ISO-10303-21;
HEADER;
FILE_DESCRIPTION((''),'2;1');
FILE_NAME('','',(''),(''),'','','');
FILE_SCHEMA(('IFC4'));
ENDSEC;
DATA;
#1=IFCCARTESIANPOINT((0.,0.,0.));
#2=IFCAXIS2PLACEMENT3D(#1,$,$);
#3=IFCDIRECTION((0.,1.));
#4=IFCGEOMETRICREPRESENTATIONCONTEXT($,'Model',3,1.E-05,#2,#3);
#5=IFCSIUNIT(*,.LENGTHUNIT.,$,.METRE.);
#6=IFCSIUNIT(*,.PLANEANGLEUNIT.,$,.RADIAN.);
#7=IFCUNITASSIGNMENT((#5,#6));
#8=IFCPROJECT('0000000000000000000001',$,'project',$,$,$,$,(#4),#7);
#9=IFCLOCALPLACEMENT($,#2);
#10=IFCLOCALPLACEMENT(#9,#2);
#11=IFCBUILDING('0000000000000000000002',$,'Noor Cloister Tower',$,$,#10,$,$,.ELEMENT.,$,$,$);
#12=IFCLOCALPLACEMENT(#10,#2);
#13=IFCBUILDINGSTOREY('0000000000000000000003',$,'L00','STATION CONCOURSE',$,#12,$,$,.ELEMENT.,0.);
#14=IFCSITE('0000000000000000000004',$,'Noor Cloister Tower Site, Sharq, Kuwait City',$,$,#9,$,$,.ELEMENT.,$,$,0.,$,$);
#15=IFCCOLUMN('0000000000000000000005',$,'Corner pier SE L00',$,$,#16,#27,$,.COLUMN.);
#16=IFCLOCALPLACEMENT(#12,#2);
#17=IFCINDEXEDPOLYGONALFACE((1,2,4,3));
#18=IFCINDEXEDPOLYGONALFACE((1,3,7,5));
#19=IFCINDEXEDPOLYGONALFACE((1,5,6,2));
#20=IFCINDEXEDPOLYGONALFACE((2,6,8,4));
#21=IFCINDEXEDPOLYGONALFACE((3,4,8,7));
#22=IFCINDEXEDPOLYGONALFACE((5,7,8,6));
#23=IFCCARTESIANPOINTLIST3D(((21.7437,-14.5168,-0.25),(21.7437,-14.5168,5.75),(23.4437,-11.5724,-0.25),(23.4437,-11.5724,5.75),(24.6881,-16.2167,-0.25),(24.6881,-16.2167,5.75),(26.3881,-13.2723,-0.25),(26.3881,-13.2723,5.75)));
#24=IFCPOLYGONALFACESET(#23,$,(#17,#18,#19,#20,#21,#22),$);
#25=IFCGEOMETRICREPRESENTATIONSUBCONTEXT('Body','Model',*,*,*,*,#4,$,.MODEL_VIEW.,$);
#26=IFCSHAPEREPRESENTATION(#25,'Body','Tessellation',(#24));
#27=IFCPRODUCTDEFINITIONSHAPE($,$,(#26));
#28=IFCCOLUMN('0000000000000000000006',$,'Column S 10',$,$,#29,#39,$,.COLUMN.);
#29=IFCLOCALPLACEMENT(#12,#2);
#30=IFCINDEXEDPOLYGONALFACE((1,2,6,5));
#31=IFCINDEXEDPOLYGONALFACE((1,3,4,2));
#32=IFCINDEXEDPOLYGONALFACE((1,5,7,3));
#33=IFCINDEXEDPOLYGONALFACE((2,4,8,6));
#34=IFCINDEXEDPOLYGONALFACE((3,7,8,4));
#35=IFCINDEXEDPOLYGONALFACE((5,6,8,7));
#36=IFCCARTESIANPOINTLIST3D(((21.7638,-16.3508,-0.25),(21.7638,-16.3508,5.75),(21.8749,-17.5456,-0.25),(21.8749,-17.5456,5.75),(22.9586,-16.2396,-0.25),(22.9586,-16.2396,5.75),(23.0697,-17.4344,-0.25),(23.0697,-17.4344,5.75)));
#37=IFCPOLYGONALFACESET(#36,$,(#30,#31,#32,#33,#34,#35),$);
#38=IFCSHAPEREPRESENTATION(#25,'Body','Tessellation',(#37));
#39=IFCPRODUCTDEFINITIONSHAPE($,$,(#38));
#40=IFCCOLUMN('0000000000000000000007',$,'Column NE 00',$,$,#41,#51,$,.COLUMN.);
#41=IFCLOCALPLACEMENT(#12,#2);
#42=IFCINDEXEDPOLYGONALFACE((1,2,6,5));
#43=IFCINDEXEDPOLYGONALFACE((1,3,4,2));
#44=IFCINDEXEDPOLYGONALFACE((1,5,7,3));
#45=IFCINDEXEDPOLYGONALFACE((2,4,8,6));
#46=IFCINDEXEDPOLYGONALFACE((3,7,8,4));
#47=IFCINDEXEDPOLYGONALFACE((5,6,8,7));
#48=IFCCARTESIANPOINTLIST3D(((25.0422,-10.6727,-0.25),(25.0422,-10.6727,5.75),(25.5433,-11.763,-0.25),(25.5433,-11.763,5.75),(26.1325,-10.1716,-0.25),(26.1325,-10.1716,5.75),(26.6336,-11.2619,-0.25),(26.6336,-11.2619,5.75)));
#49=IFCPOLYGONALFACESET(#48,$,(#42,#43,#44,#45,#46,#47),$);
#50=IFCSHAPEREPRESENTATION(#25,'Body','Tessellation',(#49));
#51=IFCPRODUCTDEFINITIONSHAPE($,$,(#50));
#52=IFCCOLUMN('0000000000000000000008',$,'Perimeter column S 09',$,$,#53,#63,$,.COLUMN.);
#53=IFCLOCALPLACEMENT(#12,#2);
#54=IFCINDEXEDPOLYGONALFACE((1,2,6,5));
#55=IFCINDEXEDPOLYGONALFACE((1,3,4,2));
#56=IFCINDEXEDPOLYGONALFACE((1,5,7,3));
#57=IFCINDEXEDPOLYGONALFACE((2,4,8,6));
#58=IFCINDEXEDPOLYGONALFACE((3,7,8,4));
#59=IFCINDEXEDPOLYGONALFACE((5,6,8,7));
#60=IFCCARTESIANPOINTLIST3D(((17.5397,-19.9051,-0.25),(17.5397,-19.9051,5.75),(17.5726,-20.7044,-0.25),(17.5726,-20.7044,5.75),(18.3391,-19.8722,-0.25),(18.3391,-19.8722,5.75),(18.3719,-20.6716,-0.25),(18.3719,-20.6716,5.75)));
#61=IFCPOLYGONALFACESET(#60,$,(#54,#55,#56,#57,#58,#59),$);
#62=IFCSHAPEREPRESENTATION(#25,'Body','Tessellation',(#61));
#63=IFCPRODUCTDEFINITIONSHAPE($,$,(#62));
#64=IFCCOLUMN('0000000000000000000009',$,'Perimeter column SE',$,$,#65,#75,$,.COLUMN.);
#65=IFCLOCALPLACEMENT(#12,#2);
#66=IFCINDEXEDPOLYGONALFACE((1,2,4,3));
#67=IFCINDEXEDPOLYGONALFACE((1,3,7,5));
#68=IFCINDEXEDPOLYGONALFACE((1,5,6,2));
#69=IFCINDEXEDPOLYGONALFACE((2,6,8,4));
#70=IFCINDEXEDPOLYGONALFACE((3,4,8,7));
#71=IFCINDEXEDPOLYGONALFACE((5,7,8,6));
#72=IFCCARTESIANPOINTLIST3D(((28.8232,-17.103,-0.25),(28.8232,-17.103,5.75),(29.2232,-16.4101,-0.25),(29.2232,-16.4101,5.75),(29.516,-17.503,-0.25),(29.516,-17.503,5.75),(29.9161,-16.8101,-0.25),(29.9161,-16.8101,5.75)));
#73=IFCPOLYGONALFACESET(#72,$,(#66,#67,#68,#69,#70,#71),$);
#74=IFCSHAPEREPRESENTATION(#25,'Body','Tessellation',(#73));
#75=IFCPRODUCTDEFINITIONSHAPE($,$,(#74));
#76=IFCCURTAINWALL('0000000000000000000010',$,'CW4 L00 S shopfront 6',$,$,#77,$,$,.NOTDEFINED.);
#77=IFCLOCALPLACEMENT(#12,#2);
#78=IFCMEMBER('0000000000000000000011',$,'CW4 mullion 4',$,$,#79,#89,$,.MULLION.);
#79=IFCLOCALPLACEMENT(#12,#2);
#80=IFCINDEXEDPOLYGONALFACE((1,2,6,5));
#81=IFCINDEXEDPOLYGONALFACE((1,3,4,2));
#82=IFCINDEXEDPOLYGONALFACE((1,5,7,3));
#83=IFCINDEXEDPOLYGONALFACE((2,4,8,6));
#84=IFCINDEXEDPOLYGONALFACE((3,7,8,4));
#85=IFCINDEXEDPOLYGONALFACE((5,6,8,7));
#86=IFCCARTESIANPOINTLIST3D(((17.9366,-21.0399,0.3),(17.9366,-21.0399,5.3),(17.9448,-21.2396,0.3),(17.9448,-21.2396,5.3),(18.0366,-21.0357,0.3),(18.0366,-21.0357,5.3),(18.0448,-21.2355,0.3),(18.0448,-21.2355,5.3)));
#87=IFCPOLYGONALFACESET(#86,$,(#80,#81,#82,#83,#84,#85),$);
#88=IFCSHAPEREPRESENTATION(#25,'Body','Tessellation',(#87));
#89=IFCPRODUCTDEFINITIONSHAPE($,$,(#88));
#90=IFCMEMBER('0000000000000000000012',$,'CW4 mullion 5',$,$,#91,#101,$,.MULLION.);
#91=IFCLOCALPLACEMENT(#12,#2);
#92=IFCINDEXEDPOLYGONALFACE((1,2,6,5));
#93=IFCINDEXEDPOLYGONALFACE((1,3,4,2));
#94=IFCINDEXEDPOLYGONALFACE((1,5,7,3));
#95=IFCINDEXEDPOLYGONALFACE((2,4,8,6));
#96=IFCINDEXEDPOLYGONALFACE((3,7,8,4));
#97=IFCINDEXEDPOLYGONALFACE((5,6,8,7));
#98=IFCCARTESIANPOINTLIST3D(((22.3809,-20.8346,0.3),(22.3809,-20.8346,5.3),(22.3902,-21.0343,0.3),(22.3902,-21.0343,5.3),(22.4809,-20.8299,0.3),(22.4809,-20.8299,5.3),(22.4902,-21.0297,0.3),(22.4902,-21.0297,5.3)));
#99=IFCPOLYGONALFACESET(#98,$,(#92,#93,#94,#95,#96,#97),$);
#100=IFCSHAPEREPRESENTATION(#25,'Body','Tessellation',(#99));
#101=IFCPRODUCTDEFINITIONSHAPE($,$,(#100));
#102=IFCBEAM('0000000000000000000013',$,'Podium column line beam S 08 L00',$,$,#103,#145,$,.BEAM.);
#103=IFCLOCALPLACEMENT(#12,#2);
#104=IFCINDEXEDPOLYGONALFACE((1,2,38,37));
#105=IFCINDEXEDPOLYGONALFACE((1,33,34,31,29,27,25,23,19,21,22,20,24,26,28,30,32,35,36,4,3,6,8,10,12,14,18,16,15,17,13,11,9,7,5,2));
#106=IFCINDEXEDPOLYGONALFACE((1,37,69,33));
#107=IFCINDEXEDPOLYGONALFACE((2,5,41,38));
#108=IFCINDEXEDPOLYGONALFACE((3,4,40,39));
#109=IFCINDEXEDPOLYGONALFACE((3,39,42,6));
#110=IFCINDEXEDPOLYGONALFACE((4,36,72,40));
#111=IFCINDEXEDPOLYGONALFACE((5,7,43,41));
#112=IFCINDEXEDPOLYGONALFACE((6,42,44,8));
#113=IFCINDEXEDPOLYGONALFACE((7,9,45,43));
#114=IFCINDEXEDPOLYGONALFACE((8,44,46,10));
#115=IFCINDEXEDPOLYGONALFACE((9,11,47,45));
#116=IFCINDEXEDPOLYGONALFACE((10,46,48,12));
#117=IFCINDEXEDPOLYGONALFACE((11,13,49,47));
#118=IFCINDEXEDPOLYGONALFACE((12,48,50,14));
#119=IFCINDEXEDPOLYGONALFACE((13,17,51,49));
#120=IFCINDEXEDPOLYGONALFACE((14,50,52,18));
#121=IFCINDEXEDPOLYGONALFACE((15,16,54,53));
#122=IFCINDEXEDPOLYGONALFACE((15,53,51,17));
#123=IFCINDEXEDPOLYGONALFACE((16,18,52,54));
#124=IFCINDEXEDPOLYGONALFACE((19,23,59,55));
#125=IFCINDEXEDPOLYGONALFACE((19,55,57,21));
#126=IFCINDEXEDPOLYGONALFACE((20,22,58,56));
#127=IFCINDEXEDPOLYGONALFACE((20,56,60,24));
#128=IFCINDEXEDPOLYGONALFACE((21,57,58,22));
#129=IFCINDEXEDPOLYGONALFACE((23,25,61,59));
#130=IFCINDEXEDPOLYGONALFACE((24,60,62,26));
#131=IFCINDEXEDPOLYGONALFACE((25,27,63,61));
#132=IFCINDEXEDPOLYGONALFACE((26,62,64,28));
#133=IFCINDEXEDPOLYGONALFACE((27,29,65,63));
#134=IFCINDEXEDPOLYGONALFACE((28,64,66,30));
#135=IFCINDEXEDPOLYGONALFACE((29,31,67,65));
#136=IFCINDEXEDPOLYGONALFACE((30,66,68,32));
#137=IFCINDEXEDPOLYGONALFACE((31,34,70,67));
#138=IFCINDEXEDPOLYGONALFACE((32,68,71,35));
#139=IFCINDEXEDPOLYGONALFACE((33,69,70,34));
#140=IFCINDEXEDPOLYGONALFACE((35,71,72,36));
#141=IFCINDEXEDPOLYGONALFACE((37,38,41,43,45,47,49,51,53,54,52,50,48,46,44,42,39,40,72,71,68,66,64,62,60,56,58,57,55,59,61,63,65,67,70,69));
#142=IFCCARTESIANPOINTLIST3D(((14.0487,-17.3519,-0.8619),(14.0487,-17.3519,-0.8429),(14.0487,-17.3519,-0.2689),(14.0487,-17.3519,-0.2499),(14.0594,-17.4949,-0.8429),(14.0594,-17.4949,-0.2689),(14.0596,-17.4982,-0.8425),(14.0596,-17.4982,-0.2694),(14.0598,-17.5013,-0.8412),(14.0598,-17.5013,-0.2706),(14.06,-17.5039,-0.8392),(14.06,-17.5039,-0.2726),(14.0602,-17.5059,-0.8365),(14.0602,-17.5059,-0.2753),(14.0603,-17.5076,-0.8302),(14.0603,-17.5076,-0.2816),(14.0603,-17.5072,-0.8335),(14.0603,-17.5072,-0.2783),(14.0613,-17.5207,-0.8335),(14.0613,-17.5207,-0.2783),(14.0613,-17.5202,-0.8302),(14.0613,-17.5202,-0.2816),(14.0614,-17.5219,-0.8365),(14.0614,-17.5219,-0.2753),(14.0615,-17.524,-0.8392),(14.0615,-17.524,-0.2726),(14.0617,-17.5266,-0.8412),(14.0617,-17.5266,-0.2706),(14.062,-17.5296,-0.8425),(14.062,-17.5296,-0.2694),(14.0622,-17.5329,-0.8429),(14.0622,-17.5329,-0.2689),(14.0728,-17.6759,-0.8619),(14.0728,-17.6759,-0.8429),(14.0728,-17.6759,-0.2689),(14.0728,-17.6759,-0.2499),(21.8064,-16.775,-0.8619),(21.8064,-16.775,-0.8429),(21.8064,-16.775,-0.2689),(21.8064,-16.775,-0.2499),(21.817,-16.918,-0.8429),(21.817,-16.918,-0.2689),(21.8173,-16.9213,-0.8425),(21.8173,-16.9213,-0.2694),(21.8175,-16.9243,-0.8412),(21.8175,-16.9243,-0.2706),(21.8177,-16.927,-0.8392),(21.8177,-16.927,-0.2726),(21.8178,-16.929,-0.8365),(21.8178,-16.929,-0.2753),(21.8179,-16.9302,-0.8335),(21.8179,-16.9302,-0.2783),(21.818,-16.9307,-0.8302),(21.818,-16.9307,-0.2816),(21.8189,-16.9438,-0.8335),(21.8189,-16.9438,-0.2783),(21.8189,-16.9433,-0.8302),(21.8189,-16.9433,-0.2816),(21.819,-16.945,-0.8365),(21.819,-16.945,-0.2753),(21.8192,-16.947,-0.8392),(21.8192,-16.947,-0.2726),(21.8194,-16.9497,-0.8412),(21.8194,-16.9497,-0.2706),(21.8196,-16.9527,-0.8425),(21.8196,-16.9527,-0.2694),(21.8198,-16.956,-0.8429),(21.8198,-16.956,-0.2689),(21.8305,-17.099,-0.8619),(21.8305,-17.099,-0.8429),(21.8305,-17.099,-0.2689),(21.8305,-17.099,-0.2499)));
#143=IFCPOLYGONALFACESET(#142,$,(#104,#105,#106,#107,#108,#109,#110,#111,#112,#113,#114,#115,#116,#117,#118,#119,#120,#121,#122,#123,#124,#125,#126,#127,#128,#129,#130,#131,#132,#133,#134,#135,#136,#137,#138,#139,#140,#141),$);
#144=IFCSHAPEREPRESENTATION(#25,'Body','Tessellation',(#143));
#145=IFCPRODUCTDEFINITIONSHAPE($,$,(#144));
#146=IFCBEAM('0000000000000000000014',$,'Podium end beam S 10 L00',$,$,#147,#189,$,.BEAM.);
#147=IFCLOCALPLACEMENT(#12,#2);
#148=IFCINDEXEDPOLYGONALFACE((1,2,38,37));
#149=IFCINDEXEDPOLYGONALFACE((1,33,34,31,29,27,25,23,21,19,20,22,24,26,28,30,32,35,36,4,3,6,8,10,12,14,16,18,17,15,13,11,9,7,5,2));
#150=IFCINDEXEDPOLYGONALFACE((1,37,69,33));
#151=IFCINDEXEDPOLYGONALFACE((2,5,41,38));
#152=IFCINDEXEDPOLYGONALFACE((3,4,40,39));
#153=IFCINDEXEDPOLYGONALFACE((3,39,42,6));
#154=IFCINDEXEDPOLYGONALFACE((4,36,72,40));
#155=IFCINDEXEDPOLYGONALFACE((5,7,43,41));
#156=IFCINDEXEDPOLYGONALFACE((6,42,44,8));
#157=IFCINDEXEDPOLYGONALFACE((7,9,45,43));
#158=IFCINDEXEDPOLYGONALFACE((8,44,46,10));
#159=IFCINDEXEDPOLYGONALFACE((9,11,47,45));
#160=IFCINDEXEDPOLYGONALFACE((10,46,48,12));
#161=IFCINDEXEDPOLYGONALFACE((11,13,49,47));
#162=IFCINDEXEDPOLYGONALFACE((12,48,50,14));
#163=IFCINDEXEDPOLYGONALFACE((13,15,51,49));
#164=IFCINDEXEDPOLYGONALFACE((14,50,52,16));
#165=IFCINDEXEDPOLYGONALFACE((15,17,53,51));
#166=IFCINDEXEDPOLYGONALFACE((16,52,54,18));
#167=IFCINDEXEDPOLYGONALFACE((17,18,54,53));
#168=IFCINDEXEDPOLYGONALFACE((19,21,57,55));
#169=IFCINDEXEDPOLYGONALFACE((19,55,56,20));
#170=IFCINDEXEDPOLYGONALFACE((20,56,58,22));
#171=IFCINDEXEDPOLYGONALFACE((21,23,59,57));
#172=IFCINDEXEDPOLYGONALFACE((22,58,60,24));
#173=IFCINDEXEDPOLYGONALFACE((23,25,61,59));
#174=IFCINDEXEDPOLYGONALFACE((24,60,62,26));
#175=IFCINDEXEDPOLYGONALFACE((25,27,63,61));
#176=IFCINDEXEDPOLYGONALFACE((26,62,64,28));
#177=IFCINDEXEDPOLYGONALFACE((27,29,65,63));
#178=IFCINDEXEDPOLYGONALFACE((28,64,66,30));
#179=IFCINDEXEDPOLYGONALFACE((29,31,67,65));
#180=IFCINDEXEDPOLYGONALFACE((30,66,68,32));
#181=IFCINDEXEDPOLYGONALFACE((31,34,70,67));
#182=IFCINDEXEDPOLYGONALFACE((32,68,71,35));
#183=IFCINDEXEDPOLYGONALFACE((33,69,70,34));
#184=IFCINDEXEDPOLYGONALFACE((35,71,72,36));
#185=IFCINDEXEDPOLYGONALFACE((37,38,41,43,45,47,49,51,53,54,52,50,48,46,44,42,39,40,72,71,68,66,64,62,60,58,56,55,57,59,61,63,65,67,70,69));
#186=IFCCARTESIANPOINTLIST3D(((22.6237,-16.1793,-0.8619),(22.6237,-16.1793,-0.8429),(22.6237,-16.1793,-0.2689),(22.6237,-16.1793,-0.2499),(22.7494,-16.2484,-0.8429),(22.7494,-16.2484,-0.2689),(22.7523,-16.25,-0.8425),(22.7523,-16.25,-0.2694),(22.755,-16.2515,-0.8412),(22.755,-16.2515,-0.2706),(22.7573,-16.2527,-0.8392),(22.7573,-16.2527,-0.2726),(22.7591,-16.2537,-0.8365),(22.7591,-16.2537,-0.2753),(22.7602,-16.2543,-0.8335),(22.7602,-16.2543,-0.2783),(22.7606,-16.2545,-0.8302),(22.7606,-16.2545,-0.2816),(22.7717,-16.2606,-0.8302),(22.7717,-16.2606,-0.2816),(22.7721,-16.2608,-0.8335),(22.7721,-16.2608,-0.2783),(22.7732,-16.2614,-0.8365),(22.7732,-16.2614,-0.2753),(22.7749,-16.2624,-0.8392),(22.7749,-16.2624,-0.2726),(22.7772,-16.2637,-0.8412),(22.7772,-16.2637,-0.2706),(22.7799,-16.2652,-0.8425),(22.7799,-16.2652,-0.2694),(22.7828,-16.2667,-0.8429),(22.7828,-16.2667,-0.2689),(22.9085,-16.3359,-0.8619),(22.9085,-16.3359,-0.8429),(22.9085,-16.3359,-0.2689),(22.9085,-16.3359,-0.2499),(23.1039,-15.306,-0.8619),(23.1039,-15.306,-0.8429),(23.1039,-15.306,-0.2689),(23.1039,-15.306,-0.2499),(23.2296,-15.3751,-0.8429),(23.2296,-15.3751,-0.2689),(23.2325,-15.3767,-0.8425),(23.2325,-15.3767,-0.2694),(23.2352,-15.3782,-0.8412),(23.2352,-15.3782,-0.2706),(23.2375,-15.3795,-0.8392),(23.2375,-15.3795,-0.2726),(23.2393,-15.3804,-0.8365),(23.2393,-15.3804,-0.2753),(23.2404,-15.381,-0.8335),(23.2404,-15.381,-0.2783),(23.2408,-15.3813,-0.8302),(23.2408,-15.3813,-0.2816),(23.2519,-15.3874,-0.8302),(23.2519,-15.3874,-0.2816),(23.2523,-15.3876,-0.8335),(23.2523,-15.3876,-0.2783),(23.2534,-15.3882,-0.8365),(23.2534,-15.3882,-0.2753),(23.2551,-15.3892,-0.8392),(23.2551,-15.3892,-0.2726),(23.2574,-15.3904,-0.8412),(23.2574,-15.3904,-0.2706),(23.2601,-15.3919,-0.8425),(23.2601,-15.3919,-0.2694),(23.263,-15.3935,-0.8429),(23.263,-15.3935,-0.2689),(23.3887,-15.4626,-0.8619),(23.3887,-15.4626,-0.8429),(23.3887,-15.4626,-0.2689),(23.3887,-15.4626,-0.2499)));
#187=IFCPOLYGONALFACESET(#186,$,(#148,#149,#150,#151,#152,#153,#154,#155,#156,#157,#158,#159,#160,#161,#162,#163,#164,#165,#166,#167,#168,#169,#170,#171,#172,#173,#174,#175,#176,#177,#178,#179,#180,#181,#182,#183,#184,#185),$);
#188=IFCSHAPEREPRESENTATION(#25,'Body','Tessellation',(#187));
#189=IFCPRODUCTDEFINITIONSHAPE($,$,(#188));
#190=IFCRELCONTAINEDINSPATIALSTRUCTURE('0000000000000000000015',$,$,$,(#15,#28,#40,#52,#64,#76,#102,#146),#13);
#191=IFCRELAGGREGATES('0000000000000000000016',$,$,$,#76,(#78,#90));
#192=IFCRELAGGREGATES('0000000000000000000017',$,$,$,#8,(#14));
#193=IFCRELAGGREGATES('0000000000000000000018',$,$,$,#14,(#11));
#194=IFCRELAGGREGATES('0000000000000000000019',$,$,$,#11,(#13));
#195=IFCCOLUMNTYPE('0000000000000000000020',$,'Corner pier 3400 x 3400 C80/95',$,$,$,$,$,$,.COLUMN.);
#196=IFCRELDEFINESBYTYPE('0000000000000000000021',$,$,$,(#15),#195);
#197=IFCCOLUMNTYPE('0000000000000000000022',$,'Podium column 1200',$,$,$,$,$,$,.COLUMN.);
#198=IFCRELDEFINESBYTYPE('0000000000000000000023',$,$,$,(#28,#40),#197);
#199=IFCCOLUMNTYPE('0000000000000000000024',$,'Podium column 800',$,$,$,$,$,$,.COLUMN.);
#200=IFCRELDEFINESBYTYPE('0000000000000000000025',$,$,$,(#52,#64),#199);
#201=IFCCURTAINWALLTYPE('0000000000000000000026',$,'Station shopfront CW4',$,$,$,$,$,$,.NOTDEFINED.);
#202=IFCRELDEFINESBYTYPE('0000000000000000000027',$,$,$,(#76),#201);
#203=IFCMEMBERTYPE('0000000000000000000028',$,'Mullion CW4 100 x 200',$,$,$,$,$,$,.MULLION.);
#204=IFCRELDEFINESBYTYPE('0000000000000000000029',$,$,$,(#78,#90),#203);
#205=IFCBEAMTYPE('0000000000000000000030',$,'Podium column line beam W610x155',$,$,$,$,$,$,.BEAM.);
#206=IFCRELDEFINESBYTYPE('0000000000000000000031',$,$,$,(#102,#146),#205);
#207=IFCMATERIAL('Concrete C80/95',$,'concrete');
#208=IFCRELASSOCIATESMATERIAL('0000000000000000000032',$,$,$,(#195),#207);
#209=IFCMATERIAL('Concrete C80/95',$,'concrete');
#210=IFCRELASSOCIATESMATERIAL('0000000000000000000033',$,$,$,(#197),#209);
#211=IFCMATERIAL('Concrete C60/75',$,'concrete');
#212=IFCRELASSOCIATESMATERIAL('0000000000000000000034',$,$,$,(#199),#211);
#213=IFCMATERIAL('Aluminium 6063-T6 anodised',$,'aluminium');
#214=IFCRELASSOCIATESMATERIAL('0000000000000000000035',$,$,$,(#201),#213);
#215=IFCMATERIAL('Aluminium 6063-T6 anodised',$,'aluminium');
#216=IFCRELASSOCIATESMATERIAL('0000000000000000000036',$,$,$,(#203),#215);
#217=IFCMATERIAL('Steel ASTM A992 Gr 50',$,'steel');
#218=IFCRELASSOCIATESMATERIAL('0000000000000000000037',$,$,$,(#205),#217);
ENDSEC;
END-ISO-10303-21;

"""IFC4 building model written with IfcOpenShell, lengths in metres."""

from ifc_helpers import new_model, si_unit, direction, frame, origin, origin_2d, place, context, subcontext, project, spatial, rectangle, i_section, extrude, material, material_profile, profile_set, type_object, element, aggregate, save


model = new_model("IFC4")

# Units and contexts
model_context = context("Model", 3, precision=1e-05, world=origin(), true_north=direction((0.0, 1.0)))
body_context = subcontext(model_context, "Body", "Model", "MODEL_VIEW")
ifc_project = project(units=[si_unit("LENGTHUNIT", "METRE"), si_unit("PLANEANGLEUNIT", "RADIAN")], contexts=[model_context])

# Site, building, storey
site_placement = place(None, origin())
site = spatial("IfcSite", under=ifc_project, at=site_placement, Name="Noor Cloister Tower Site, Sharq, Kuwait City", CompositionType="ELEMENT", RefElevation=0.0)
building_placement = place(site_placement, origin())
building = spatial("IfcBuilding", under=site, at=building_placement, Name="Noor Cloister Tower", CompositionType="ELEMENT")
storey_placement = place(building_placement, origin())
storey = spatial("IfcBuildingStorey", under=building, at=storey_placement, Name="L00", Description="STATION CONCOURSE", CompositionType="ELEMENT", Elevation=0.0)

# Columns
ifc_material_1 = material(Name="Concrete C80/95", Category="concrete")
ifc_material_profile_1 = material_profile(ifc_material_1, rectangle(XDim=3.3999, YDim=3.3999, at=origin_2d()), Name="RC 3400x3400")
ifc_profile_set_1 = profile_set([ifc_material_profile_1], Name="Concrete C80/95")
column_type_1 = type_object("IfcColumnType", Name="Corner pier 3400 x 3400 C80/95", PredefinedType="COLUMN", material=ifc_profile_set_1)
column_placement = place(storey_placement, frame((24.0659, -13.8945, -0.25), z_axis=(0.0, 0.0, 1.0), x_axis=(0.866025, -0.5, 0.0)))
element("IfcColumn", 1, at=column_placement, inside=storey, type_object=column_type_1, Name="Corner pier SE L00", PredefinedType="COLUMN", context=body_context, shape_type="SweptSolid", body=[
    extrude(rectangle(XDim=3.3999, YDim=3.3999, at=origin_2d()), origin(), (0.0, 0.0, 1.0), 6.0),
])
ifc_material_2 = material(Name="Concrete C80/95", Category="concrete")
ifc_material_profile_2 = material_profile(ifc_material_2, rectangle(XDim=1.2, YDim=1.2, at=origin_2d()), Name="Podium column 1200")
ifc_profile_set_2 = profile_set([ifc_material_profile_2], Name="Concrete C80/95")
column_type_2 = type_object("IfcColumnType", Name="Podium column 1200", PredefinedType="COLUMN", material=ifc_profile_set_2)
for number, where, z_axis, x_axis, name in (
    (2, (22.4167, -16.8926, -0.25), (0.0, 0.0, 1.0), (0.092636, -0.9957, 0.0), "Column S 10"),
    (3, (25.8379, -10.9673, -0.25), (0.0, 0.0, 1.0), (0.90862, 0.417624, 0.0), "Column NE 00"),
):
    element("IfcColumn", number, at=place(storey_placement, frame(where, z_axis=z_axis, x_axis=x_axis)), inside=storey, type_object=column_type_2, Name=name, PredefinedType="COLUMN", context=body_context, shape_type="SweptSolid", body=[
        extrude(rectangle(XDim=1.2, YDim=1.2, at=origin_2d()), origin(), (0.0, 0.0, 1.0), 6.0),
    ])
ifc_material_3 = material(Name="Concrete C60/75", Category="concrete")
ifc_material_profile_3 = material_profile(ifc_material_3, rectangle(XDim=0.8, YDim=0.8, at=origin_2d()), Name="Podium column 800")
ifc_profile_set_3 = profile_set([ifc_material_profile_3], Name="Concrete C60/75")
column_type_3 = type_object("IfcColumnType", Name="Podium column 800", PredefinedType="COLUMN", material=ifc_profile_set_3)
for number, where, z_axis, x_axis, name in (
    (4, (17.9558, -20.2883, -0.25), (0.0, 0.0, 1.0), (0.041066, -0.999156, 0.0), "Perimeter column S 09"),
    (5, (29.3696, -16.9565, -0.25), (0.0, 0.0, 1.0), (0.866025, -0.5, 0.0), "Perimeter column SE"),
):
    element("IfcColumn", number, at=place(storey_placement, frame(where, z_axis=z_axis, x_axis=x_axis)), inside=storey, type_object=column_type_3, Name=name, PredefinedType="COLUMN", context=body_context, shape_type="SweptSolid", body=[
        extrude(rectangle(XDim=0.8, YDim=0.8, at=origin_2d()), origin(), (0.0, 0.0, 1.0), 6.0),
    ])

# Curtain wall, members
ifc_material_4 = material(Name="Aluminium 6063-T6 anodised", Category="aluminium")
curtain_wall_type = type_object("IfcCurtainWallType", Name="Station shopfront CW4", PredefinedType="NOTDEFINED", material=ifc_material_4)
curtain_wall_placement = place(storey_placement, origin())
curtain_wall = element("IfcCurtainWall", 6, at=curtain_wall_placement, inside=storey, type_object=curtain_wall_type, Name="CW4 L00 S shopfront 6", PredefinedType="NOTDEFINED")
ifc_material_5 = material(Name="Aluminium 6063-T6 anodised", Category="aluminium")
ifc_material_profile_4 = material_profile(ifc_material_5, rectangle(XDim=0.2, YDim=0.1001, at=origin_2d()), Name="200 x 100 mullion")
ifc_profile_set_4 = profile_set([ifc_material_profile_4], Name="Aluminium 6063-T6 anodised")
member_type = type_object("IfcMemberType", Name="Mullion CW4 100 x 200", PredefinedType="MULLION", material=ifc_profile_set_4)
member_1_placement = place(storey_placement, frame((17.9907, -21.1377, 0.3), z_axis=(0.0, 0.0, 1.0), x_axis=(-0.041066, 0.999156, 0.0)))
member_1 = element("IfcMember", 7, at=member_1_placement, type_object=member_type, Name="CW4 mullion 4", PredefinedType="MULLION", context=body_context, shape_type="SweptSolid", body=[
    extrude(rectangle(XDim=0.2, YDim=0.1001, at=origin_2d()), origin(), (0.0, 0.0, 1.0), 5.0),
])
member_2_placement = place(storey_placement, frame((22.4355, -20.9321, 0.3), z_axis=(0.0, 0.0, 1.0), x_axis=(-0.046195, 0.998932, 0.0)))
member_2 = element("IfcMember", 8, at=member_2_placement, type_object=member_type, Name="CW4 mullion 5", PredefinedType="MULLION", context=body_context, shape_type="SweptSolid", body=[
    extrude(rectangle(XDim=0.2, YDim=0.1001, at=origin_2d()), origin(), (0.0, 0.0, 1.0), 5.0),
])

# Beams
ifc_material_6 = material(Name="Steel ASTM A992 Gr 50", Category="steel")
ifc_material_profile_5 = material_profile(ifc_material_6, i_section(OverallWidth=0.325, OverallDepth=0.6121, WebThickness=0.0127, FlangeThickness=0.019, FilletRadius=0.0127, at=origin_2d()), Name="W610x155")
ifc_profile_set_5 = profile_set([ifc_material_profile_5], Name="Steel ASTM A992 Gr 50")
beam_type_1 = type_object("IfcBeamType", Name="Podium column line beam W610x155", PredefinedType="BEAM", material=ifc_profile_set_5)
beam_1_placement = place(storey_placement, frame((14.0608, -17.5139, -0.5559), z_axis=(0.997246, 0.074162, 0.0), x_axis=(-0.074162, 0.997246, 0.0)))
element("IfcBeam", 9, at=beam_1_placement, inside=storey, type_object=beam_type_1, Name="Podium column line beam S 08 L00", PredefinedType="BEAM", context=body_context, shape_type="SweptSolid", body=[
    extrude(i_section(OverallWidth=0.325, OverallDepth=0.6121, WebThickness=0.0127, FlangeThickness=0.019, FilletRadius=0.0127, at=origin_2d()), origin(), (0.0, 0.0, 1.0), 7.7791),
])
for number, where, z_axis, x_axis, name in (
    (10, (22.7661, -16.2576, -0.5559), (0.481853, 0.876252, 0.0), (-0.876252, 0.481853, 0.0), "Podium end beam S 10 L00"),
):
    element("IfcBeam", number, at=place(storey_placement, frame(where, z_axis=z_axis, x_axis=x_axis)), inside=storey, type_object=beam_type_1, Name=name, PredefinedType="BEAM", context=body_context, shape_type="SweptSolid", body=[
        extrude(i_section(OverallWidth=0.325, OverallDepth=0.6121, WebThickness=0.0127, FlangeThickness=0.019, FilletRadius=0.0127, at=origin_2d()), origin(), (0.0, 0.0, 1.0), 0.9966),
    ])

aggregate(curtain_wall, [member_1, member_2])

save(model, "model.ifc")
